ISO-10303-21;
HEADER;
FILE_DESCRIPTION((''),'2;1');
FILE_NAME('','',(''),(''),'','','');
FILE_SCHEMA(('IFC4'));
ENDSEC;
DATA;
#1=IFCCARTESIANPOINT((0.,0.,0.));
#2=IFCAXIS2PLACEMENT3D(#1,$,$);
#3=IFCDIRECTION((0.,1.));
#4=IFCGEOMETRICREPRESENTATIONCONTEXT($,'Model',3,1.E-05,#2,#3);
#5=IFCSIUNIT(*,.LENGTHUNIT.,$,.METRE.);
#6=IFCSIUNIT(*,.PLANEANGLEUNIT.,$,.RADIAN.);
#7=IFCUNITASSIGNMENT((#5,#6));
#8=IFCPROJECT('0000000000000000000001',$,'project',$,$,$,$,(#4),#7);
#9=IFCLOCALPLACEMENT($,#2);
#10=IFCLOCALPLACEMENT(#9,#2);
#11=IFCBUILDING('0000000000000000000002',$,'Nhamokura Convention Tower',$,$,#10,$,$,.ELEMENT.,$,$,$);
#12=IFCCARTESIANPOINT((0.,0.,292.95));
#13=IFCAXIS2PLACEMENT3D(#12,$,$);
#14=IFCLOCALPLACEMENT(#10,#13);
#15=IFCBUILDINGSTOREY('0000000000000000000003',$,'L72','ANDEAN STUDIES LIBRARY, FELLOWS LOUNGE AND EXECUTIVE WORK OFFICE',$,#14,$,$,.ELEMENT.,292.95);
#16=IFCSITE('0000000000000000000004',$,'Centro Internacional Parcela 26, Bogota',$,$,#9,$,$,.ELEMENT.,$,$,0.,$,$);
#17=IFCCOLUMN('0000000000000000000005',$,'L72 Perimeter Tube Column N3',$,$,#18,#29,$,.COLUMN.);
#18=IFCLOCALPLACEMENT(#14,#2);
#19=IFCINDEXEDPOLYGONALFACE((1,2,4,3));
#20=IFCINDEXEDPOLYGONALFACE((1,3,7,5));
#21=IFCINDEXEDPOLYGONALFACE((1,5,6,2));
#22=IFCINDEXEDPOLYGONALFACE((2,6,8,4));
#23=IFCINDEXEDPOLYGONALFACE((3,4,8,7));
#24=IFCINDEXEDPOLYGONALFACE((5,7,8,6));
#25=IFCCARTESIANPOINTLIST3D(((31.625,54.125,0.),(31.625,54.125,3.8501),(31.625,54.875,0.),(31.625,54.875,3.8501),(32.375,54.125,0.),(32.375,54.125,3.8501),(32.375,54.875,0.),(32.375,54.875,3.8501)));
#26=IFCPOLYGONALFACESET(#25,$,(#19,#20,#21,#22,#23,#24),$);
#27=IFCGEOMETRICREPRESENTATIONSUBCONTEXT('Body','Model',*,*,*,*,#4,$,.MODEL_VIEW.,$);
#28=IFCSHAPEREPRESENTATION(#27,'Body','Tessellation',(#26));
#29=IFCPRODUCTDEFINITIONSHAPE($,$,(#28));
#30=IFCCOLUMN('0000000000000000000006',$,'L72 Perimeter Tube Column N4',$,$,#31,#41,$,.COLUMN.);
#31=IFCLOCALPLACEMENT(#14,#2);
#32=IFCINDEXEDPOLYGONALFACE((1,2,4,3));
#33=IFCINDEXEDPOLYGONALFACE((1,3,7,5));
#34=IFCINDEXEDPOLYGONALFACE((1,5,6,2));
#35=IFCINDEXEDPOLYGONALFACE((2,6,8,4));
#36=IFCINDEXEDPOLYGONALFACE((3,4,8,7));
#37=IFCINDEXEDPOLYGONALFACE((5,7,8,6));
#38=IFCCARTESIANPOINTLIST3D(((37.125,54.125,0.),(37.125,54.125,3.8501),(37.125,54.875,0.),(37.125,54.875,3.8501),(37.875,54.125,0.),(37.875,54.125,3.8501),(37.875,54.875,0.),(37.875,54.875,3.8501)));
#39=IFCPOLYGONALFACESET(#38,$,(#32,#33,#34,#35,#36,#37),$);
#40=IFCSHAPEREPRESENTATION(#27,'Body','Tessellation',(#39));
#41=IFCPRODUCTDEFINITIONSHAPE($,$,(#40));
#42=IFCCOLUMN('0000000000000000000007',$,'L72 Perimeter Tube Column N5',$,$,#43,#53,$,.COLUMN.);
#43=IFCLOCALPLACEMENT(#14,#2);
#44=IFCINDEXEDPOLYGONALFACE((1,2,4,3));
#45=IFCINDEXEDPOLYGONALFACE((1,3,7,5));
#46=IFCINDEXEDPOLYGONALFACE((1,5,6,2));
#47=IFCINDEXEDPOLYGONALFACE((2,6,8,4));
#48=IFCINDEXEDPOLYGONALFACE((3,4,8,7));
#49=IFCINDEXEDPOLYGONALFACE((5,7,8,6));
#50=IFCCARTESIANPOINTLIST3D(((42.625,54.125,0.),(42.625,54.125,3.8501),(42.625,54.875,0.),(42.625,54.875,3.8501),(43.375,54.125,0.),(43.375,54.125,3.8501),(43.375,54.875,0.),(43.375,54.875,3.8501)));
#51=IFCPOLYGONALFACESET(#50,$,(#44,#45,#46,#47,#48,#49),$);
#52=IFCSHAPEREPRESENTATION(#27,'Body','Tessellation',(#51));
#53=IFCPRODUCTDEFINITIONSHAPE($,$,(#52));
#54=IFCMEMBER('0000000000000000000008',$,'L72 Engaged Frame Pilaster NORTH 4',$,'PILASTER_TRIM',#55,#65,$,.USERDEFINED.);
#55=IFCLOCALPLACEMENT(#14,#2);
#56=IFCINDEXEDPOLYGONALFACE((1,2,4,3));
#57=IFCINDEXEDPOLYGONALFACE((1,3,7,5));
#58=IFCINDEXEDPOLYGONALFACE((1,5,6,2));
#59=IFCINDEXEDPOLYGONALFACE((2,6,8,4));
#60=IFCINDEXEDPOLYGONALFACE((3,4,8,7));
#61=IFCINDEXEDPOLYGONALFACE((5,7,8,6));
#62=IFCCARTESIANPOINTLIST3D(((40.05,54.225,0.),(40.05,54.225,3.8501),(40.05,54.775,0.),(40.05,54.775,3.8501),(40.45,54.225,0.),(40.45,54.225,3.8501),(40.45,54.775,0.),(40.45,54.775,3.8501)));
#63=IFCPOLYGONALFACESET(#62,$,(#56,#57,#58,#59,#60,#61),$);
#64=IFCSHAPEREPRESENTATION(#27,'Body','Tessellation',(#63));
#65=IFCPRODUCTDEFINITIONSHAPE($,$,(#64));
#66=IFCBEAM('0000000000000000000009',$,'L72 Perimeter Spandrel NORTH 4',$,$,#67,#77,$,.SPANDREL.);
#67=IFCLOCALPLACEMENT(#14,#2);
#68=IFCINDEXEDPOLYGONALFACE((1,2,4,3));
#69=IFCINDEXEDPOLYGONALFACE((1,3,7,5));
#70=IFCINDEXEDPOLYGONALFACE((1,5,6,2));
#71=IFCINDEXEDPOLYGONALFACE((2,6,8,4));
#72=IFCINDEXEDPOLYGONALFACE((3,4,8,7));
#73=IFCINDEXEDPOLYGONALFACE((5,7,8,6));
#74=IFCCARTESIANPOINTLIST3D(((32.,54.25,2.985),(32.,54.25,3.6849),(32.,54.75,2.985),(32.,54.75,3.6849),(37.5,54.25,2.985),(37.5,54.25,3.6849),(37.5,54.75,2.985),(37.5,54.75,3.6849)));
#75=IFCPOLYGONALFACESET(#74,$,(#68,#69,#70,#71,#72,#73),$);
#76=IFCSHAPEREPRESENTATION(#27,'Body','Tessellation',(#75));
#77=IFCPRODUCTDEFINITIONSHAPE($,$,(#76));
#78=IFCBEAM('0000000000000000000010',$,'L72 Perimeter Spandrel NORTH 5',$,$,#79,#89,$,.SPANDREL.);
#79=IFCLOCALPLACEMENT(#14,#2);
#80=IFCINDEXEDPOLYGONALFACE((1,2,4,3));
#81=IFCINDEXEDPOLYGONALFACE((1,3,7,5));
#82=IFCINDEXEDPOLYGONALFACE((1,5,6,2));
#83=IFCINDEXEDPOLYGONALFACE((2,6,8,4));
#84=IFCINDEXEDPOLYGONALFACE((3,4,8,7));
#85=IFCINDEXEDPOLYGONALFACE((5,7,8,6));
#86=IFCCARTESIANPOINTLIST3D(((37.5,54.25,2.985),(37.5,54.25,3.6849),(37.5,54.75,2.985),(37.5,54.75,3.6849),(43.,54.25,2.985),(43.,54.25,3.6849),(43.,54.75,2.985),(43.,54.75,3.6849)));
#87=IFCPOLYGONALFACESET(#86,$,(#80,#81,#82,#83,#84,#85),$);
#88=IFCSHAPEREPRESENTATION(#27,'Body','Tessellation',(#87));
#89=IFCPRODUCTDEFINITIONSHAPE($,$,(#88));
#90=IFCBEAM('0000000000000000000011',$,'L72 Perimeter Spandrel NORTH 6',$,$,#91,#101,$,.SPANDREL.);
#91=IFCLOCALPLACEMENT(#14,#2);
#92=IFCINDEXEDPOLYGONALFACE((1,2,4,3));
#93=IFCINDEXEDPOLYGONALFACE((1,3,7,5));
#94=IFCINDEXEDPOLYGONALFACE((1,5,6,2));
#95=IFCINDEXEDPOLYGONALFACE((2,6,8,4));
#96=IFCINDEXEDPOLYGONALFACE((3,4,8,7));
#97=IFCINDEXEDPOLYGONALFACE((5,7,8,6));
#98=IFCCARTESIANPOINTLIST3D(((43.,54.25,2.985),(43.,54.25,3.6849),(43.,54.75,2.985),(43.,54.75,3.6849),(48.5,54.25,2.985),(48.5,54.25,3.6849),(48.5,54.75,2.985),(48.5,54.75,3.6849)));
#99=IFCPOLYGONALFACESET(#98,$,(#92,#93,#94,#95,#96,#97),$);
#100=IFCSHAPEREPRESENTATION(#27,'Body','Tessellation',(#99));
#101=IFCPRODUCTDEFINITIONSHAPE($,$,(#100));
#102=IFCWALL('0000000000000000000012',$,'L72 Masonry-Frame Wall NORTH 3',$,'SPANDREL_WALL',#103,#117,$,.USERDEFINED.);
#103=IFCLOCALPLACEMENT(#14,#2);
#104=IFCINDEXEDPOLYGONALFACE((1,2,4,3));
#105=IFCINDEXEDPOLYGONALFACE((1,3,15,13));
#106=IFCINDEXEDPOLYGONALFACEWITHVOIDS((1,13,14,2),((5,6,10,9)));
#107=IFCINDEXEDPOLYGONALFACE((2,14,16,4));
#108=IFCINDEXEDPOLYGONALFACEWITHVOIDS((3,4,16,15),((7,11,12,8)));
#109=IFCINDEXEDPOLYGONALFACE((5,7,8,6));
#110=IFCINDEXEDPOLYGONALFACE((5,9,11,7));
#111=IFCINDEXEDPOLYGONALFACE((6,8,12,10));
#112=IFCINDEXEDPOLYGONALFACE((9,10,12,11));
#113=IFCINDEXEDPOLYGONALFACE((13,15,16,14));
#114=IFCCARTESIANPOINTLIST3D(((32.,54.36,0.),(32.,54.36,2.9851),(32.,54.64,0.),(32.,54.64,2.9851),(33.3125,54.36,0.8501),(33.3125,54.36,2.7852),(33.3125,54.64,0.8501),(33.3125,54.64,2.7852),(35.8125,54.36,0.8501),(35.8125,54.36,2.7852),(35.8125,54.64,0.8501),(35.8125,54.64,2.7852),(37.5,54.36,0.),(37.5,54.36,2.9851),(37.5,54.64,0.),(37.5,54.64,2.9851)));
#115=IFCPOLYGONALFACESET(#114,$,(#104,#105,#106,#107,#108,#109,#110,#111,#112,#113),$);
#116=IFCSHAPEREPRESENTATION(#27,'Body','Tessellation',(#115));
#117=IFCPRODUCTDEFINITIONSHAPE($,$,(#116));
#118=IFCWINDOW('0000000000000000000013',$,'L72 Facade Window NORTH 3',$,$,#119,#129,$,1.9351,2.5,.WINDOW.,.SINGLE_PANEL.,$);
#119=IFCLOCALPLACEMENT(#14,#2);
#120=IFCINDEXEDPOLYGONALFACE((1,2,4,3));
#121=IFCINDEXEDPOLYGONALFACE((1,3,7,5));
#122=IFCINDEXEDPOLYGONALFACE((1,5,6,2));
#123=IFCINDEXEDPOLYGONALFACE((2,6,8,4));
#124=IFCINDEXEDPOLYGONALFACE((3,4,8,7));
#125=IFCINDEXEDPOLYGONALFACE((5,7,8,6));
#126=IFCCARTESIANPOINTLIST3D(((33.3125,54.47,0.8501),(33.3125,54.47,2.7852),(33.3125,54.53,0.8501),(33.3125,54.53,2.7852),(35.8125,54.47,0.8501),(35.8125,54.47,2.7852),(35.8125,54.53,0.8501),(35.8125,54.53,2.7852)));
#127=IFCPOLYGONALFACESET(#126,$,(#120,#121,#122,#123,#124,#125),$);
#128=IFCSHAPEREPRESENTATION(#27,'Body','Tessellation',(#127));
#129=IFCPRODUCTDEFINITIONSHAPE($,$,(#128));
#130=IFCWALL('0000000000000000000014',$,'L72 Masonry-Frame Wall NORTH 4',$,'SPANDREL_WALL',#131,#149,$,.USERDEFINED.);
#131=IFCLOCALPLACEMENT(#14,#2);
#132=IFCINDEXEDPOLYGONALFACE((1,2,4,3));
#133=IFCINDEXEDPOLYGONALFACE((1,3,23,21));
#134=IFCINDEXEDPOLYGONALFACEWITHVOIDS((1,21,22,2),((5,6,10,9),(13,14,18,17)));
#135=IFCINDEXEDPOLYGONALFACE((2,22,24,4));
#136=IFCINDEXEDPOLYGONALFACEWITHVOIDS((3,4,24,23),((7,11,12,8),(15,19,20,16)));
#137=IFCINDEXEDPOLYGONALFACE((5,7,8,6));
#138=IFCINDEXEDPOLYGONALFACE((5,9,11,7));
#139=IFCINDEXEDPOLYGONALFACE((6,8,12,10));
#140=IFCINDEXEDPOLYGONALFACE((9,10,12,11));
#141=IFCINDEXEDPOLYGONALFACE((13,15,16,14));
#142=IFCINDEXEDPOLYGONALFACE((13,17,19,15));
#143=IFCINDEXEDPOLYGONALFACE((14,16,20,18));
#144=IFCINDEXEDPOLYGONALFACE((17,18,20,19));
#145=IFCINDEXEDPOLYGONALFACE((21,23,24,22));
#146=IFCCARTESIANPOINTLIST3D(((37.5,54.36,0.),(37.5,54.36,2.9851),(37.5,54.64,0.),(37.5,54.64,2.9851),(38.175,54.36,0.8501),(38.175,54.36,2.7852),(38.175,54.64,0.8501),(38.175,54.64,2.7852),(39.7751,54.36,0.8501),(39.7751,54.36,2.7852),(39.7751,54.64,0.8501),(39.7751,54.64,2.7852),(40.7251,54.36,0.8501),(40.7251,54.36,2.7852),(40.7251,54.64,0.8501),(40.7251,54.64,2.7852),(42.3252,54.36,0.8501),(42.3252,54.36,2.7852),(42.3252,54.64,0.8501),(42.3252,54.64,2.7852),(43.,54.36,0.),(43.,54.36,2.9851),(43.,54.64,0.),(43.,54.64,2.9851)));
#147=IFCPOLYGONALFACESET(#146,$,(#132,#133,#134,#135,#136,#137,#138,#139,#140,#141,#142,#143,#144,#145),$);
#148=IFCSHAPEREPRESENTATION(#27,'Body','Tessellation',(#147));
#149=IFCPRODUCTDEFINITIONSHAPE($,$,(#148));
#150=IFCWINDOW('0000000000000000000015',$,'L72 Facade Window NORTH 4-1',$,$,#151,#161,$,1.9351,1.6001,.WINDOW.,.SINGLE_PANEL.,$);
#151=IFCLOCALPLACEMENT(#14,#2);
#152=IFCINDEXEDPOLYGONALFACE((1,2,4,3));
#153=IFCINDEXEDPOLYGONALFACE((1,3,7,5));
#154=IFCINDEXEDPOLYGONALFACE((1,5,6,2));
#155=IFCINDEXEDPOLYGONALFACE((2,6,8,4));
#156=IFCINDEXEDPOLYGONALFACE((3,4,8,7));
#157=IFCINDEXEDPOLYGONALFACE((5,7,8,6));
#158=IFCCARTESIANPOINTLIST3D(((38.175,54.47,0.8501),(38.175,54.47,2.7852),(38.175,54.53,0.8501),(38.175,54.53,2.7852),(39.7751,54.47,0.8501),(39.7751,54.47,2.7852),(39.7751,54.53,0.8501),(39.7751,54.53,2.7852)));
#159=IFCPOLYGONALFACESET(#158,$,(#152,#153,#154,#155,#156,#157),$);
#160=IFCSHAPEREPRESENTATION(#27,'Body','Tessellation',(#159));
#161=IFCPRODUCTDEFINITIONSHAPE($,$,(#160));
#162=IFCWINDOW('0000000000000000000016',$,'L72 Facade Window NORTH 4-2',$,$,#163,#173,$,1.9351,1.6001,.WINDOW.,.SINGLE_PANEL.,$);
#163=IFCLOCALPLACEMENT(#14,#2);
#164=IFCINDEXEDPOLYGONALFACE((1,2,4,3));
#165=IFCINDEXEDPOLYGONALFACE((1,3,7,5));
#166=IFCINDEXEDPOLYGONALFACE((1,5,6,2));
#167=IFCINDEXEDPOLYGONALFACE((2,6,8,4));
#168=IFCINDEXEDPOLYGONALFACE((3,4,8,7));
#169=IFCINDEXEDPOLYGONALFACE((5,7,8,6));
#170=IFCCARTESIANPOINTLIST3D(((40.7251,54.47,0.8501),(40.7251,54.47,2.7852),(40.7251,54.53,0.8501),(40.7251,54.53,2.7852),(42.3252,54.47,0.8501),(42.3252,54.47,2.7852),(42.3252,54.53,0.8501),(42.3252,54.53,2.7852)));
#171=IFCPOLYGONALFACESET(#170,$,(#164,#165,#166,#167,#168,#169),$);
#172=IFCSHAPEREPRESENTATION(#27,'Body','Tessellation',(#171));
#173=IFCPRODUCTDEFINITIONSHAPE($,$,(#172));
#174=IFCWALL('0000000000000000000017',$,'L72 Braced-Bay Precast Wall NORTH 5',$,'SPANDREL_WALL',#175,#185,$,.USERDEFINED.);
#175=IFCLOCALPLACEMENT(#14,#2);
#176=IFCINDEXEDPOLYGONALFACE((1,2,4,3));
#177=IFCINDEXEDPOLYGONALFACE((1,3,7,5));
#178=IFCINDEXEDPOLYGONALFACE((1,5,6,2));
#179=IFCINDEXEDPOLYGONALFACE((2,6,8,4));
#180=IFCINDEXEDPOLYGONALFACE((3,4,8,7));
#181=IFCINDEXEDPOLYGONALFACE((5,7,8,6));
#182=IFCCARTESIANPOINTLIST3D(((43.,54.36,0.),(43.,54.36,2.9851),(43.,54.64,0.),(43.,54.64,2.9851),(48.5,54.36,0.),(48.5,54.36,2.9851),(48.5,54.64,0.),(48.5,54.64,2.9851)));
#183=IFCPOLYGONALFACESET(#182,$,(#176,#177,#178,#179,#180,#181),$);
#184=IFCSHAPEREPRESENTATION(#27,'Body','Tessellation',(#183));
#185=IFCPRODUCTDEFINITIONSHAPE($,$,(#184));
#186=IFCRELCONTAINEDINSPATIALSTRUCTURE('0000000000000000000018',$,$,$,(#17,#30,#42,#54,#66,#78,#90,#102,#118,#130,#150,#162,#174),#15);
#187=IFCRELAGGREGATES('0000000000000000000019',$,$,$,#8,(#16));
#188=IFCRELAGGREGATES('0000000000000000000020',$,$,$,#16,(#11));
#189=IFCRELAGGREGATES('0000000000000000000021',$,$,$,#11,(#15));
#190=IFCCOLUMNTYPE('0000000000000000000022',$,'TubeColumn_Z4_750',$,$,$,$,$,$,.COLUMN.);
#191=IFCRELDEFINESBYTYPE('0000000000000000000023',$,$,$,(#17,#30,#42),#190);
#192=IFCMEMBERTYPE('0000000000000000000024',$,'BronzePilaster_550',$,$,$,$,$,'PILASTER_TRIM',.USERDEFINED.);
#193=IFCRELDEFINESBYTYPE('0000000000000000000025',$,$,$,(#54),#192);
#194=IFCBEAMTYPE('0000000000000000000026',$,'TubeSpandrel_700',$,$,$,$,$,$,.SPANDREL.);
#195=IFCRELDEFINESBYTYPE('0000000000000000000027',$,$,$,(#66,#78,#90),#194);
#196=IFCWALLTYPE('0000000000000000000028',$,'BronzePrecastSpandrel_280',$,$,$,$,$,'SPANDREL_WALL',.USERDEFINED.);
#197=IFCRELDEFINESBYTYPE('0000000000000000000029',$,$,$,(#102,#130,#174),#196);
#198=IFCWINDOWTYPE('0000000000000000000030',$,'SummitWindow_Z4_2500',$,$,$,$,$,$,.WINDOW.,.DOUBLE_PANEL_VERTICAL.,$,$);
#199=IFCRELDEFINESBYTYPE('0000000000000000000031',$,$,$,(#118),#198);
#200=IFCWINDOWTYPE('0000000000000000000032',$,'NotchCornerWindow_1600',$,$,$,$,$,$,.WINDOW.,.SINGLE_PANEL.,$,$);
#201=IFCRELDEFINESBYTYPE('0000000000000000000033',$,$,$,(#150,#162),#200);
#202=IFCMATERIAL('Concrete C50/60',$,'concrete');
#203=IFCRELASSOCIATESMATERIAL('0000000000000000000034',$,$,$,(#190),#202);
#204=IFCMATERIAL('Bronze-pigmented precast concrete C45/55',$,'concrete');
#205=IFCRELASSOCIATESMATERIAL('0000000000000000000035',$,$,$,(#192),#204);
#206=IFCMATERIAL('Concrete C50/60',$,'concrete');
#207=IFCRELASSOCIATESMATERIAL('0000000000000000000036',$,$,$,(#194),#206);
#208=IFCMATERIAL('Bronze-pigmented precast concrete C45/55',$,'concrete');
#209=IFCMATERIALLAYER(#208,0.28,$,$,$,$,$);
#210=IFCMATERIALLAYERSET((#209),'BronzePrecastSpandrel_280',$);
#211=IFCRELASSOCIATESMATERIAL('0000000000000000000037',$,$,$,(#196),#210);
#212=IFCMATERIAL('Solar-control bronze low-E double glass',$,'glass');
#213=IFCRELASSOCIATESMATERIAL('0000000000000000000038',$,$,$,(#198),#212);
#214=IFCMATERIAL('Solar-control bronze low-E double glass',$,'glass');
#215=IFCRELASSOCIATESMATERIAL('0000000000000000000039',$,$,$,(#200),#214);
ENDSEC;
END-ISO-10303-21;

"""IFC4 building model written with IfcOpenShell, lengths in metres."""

from ifc_helpers import new_model, si_unit, direction, frame, frame_2d, origin, origin_2d, place, context, subcontext, project, spatial, rectangle, extrude, material, layer, layer_set, material_profile, profile_set, type_object, element, fill, save


model = new_model("IFC4")

# Units and contexts
model_context = context("Model", 3, precision=1e-05, world=origin(), true_north=direction((0.0, 1.0)))
body_context = subcontext(model_context, "Body", "Model", "MODEL_VIEW")
ifc_project = project(units=[si_unit("LENGTHUNIT", "METRE"), si_unit("PLANEANGLEUNIT", "RADIAN")], contexts=[model_context])

# Site, building, storey
site_placement = place(None, origin())
site = spatial("IfcSite", under=ifc_project, at=site_placement, Name="Centro Internacional Parcela 26, Bogota", CompositionType="ELEMENT", RefElevation=0.0)
building_placement = place(site_placement, origin())
building = spatial("IfcBuilding", under=site, at=building_placement, Name="Nhamokura Convention Tower", CompositionType="ELEMENT")
storey_placement = place(building_placement, frame((0.0, 0.0, 292.95)))
storey = spatial("IfcBuildingStorey", under=building, at=storey_placement, Name="L72", Description="ANDEAN STUDIES LIBRARY, FELLOWS LOUNGE AND EXECUTIVE WORK OFFICE", CompositionType="ELEMENT", Elevation=292.95)

# Columns
ifc_material_1 = material(Name="Concrete C50/60", Category="concrete")
ifc_material_profile_1 = material_profile(ifc_material_1, rectangle(XDim=0.75, YDim=0.75, at=origin_2d()))
ifc_profile_set_1 = profile_set([ifc_material_profile_1], Name="Concrete C50/60")
column_type = type_object("IfcColumnType", Name="TubeColumn_Z4_750", PredefinedType="COLUMN", material=ifc_profile_set_1)
for number, where, z_axis, x_axis, name in (
    (1, (32.0, 54.5, 0.0), (0.0, 0.0, 1.0), (1.0, 0.0, 0.0), "L72 Perimeter Tube Column N3"),
    (2, (37.5, 54.5, 0.0), (0.0, 0.0, 1.0), (1.0, 0.0, 0.0), "L72 Perimeter Tube Column N4"),
    (3, (43.0, 54.5, 0.0), (0.0, 0.0, 1.0), (1.0, 0.0, 0.0), "L72 Perimeter Tube Column N5"),
):
    element("IfcColumn", number, at=place(storey_placement, frame(where, z_axis=z_axis, x_axis=x_axis)), inside=storey, type_object=column_type, Name=name, PredefinedType="COLUMN", context=body_context, shape_type="SweptSolid", body=[
        extrude(rectangle(XDim=0.75, YDim=0.75, at=origin_2d()), origin(), (0.0, 0.0, 1.0), 3.8501),
    ])

# Member
ifc_material_2 = material(Name="Bronze-pigmented precast concrete C45/55", Category="concrete")
ifc_material_profile_2 = material_profile(ifc_material_2, rectangle(XDim=0.3999, YDim=0.55, at=origin_2d()))
ifc_profile_set_2 = profile_set([ifc_material_profile_2], Name="Bronze-pigmented precast concrete C45/55")
member_type = type_object("IfcMemberType", Name="BronzePilaster_550", ElementType="PILASTER_TRIM", PredefinedType="USERDEFINED", material=ifc_profile_set_2)
member_placement = place(storey_placement, frame((40.25, 54.5, 0.0), z_axis=(0.0, 0.0, 1.0), x_axis=(1.0, 0.0, 0.0)))
element("IfcMember", 4, at=member_placement, inside=storey, type_object=member_type, Name="L72 Engaged Frame Pilaster NORTH 4", ObjectType="PILASTER_TRIM", PredefinedType="USERDEFINED", context=body_context, shape_type="SweptSolid", body=[
    extrude(rectangle(XDim=0.3999, YDim=0.55, at=origin_2d()), origin(), (0.0, 0.0, 1.0), 3.8501),
])

# Beams
ifc_material_3 = material(Name="Concrete C50/60", Category="concrete")
ifc_material_profile_3 = material_profile(ifc_material_3, rectangle(XDim=0.5, YDim=0.7, at=origin_2d()))
ifc_profile_set_3 = profile_set([ifc_material_profile_3], Name="Concrete C50/60")
beam_type = type_object("IfcBeamType", Name="TubeSpandrel_700", PredefinedType="SPANDREL", material=ifc_profile_set_3)
for number, where, z_axis, x_axis, name in (
    (5, (32.0, 54.5, 3.335), (1.0, 0.0, 0.0), (0.0, 1.0, 0.0), "L72 Perimeter Spandrel NORTH 4"),
    (6, (37.5, 54.5, 3.335), (1.0, 0.0, 0.0), (0.0, 1.0, 0.0), "L72 Perimeter Spandrel NORTH 5"),
    (7, (43.0, 54.5, 3.335), (1.0, 0.0, 0.0), (0.0, 1.0, 0.0), "L72 Perimeter Spandrel NORTH 6"),
):
    element("IfcBeam", number, at=place(storey_placement, frame(where, z_axis=z_axis, x_axis=x_axis)), inside=storey, type_object=beam_type, Name=name, PredefinedType="SPANDREL", context=body_context, shape_type="SweptSolid", body=[
        extrude(rectangle(XDim=0.5, YDim=0.7, at=origin_2d()), origin(), (0.0, 0.0, 1.0), 5.5),
    ])

# Wall, opening, window
ifc_material_4 = material(Name="Bronze-pigmented precast concrete C45/55", Category="concrete")
ifc_layer_1 = layer(ifc_material_4, 0.28)
ifc_layer_set_1 = layer_set([ifc_layer_1], Name="BronzePrecastSpandrel_280")
wall_type_1 = type_object("IfcWallType", Name="BronzePrecastSpandrel_280", ElementType="SPANDREL_WALL", PredefinedType="USERDEFINED", material=ifc_layer_set_1)
wall_1_placement = place(storey_placement, frame((32.0, 54.5, 0.0), z_axis=(0.0, 0.0, 1.0), x_axis=(1.0, 0.0, 0.0)))
wall_1 = element("IfcWall", 8, at=wall_1_placement, inside=storey, type_object=wall_type_1, Name="L72 Masonry-Frame Wall NORTH 3", ObjectType="SPANDREL_WALL", PredefinedType="USERDEFINED", context=body_context, shape_type="SweptSolid", body=[
    extrude(rectangle(XDim=5.5, YDim=0.28, at=frame_2d((2.75, 0.0))), origin(), (0.0, 0.0, 1.0), 2.9851),
])
opening_1_placement = place(wall_1_placement, frame((1.3125, 0.0, 0.8501)))
opening_1 = element("IfcOpeningElement", 9, at=opening_1_placement, cuts=wall_1, PredefinedType="OPENING", context=body_context, shape_type="SweptSolid", body=[
    extrude(rectangle(XDim=2.5, YDim=1.9351, at=frame_2d((1.25, 0.9675))), frame((0.0, 0.1499, 0.0), z_axis=(0.0, -1.0, 0.0), x_axis=(1.0, 0.0, 0.0)), (0.0, 0.0, 1.0), 0.3),
])
ifc_material_5 = material(Name="Solar-control bronze low-E double glass", Category="glass")
window_type_1 = type_object("IfcWindowType", Name="SummitWindow_Z4_2500", PartitioningType="DOUBLE_PANEL_VERTICAL", PredefinedType="WINDOW", material=ifc_material_5)
window_1_placement = place(opening_1_placement, origin())
window_1 = element("IfcWindow", 10, at=window_1_placement, inside=storey, type_object=window_type_1, Name="L72 Facade Window NORTH 3", OverallHeight=1.9351, OverallWidth=2.5, PartitioningType="SINGLE_PANEL", PredefinedType="WINDOW", context=body_context, shape_type="SweptSolid", body=[
    extrude(rectangle(XDim=2.5, YDim=1.9351, at=frame_2d((1.25, 0.9675))), frame((0.0, 0.03, 0.0), z_axis=(0.0, -1.0, 0.0), x_axis=(1.0, 0.0, 0.0)), (0.0, 0.0, 1.0), 0.0601),
])
fill(opening_1, window_1)

# Wall, openings, windows
wall_2_placement = place(storey_placement, frame((37.5, 54.5, 0.0), z_axis=(0.0, 0.0, 1.0), x_axis=(1.0, 0.0, 0.0)))
wall_2 = element("IfcWall", 11, at=wall_2_placement, inside=storey, type_object=wall_type_1, Name="L72 Masonry-Frame Wall NORTH 4", ObjectType="SPANDREL_WALL", PredefinedType="USERDEFINED", context=body_context, shape_type="SweptSolid", body=[
    extrude(rectangle(XDim=5.5, YDim=0.28, at=frame_2d((2.75, 0.0))), origin(), (0.0, 0.0, 1.0), 2.9851),
])
opening_2_placement = place(wall_2_placement, frame((0.675, 0.0, 0.8501)))
opening_2 = element("IfcOpeningElement", 12, at=opening_2_placement, cuts=wall_2, PredefinedType="OPENING", context=body_context, shape_type="SweptSolid", body=[
    extrude(rectangle(XDim=1.6001, YDim=1.9351, at=frame_2d((0.8, 0.9675))), frame((0.0, 0.1499, 0.0), z_axis=(0.0, -1.0, 0.0), x_axis=(1.0, 0.0, 0.0)), (0.0, 0.0, 1.0), 0.3),
])
opening_3_placement = place(wall_2_placement, frame((3.2251, 0.0, 0.8501)))
opening_3 = element("IfcOpeningElement", 13, at=opening_3_placement, cuts=wall_2, PredefinedType="OPENING", context=body_context, shape_type="SweptSolid", body=[
    extrude(rectangle(XDim=1.6001, YDim=1.9351, at=frame_2d((0.8, 0.9675))), frame((0.0, 0.1499, 0.0), z_axis=(0.0, -1.0, 0.0), x_axis=(1.0, 0.0, 0.0)), (0.0, 0.0, 1.0), 0.3),
])
ifc_material_6 = material(Name="Solar-control bronze low-E double glass", Category="glass")
window_type_2 = type_object("IfcWindowType", Name="NotchCornerWindow_1600", PartitioningType="SINGLE_PANEL", PredefinedType="WINDOW", material=ifc_material_6)
window_2_placement = place(opening_2_placement, origin())
window_2 = element("IfcWindow", 14, at=window_2_placement, inside=storey, type_object=window_type_2, Name="L72 Facade Window NORTH 4-1", OverallHeight=1.9351, OverallWidth=1.6001, PartitioningType="SINGLE_PANEL", PredefinedType="WINDOW", context=body_context, shape_type="SweptSolid", body=[
    extrude(rectangle(XDim=1.6001, YDim=1.9351, at=frame_2d((0.8, 0.9675))), frame((0.0, 0.03, 0.0), z_axis=(0.0, -1.0, 0.0), x_axis=(1.0, 0.0, 0.0)), (0.0, 0.0, 1.0), 0.0601),
])
fill(opening_2, window_2)
window_3_placement = place(opening_3_placement, origin())
window_3 = element("IfcWindow", 15, at=window_3_placement, inside=storey, type_object=window_type_2, Name="L72 Facade Window NORTH 4-2", OverallHeight=1.9351, OverallWidth=1.6001, PartitioningType="SINGLE_PANEL", PredefinedType="WINDOW", context=body_context, shape_type="SweptSolid", body=[
    extrude(rectangle(XDim=1.6001, YDim=1.9351, at=frame_2d((0.8, 0.9675))), frame((0.0, 0.03, 0.0), z_axis=(0.0, -1.0, 0.0), x_axis=(1.0, 0.0, 0.0)), (0.0, 0.0, 1.0), 0.0601),
])
fill(opening_3, window_3)

# Wall
wall_3_placement = place(storey_placement, frame((43.0, 54.5, 0.0), z_axis=(0.0, 0.0, 1.0), x_axis=(1.0, 0.0, 0.0)))
element("IfcWall", 16, at=wall_3_placement, inside=storey, type_object=wall_type_1, Name="L72 Braced-Bay Precast Wall NORTH 5", ObjectType="SPANDREL_WALL", PredefinedType="USERDEFINED", context=body_context, shape_type="SweptSolid", body=[
    extrude(rectangle(XDim=5.5, YDim=0.28, at=frame_2d((2.75, 0.0))), origin(), (0.0, 0.0, 1.0), 2.9851),
])

save(model, "model.ifc")
